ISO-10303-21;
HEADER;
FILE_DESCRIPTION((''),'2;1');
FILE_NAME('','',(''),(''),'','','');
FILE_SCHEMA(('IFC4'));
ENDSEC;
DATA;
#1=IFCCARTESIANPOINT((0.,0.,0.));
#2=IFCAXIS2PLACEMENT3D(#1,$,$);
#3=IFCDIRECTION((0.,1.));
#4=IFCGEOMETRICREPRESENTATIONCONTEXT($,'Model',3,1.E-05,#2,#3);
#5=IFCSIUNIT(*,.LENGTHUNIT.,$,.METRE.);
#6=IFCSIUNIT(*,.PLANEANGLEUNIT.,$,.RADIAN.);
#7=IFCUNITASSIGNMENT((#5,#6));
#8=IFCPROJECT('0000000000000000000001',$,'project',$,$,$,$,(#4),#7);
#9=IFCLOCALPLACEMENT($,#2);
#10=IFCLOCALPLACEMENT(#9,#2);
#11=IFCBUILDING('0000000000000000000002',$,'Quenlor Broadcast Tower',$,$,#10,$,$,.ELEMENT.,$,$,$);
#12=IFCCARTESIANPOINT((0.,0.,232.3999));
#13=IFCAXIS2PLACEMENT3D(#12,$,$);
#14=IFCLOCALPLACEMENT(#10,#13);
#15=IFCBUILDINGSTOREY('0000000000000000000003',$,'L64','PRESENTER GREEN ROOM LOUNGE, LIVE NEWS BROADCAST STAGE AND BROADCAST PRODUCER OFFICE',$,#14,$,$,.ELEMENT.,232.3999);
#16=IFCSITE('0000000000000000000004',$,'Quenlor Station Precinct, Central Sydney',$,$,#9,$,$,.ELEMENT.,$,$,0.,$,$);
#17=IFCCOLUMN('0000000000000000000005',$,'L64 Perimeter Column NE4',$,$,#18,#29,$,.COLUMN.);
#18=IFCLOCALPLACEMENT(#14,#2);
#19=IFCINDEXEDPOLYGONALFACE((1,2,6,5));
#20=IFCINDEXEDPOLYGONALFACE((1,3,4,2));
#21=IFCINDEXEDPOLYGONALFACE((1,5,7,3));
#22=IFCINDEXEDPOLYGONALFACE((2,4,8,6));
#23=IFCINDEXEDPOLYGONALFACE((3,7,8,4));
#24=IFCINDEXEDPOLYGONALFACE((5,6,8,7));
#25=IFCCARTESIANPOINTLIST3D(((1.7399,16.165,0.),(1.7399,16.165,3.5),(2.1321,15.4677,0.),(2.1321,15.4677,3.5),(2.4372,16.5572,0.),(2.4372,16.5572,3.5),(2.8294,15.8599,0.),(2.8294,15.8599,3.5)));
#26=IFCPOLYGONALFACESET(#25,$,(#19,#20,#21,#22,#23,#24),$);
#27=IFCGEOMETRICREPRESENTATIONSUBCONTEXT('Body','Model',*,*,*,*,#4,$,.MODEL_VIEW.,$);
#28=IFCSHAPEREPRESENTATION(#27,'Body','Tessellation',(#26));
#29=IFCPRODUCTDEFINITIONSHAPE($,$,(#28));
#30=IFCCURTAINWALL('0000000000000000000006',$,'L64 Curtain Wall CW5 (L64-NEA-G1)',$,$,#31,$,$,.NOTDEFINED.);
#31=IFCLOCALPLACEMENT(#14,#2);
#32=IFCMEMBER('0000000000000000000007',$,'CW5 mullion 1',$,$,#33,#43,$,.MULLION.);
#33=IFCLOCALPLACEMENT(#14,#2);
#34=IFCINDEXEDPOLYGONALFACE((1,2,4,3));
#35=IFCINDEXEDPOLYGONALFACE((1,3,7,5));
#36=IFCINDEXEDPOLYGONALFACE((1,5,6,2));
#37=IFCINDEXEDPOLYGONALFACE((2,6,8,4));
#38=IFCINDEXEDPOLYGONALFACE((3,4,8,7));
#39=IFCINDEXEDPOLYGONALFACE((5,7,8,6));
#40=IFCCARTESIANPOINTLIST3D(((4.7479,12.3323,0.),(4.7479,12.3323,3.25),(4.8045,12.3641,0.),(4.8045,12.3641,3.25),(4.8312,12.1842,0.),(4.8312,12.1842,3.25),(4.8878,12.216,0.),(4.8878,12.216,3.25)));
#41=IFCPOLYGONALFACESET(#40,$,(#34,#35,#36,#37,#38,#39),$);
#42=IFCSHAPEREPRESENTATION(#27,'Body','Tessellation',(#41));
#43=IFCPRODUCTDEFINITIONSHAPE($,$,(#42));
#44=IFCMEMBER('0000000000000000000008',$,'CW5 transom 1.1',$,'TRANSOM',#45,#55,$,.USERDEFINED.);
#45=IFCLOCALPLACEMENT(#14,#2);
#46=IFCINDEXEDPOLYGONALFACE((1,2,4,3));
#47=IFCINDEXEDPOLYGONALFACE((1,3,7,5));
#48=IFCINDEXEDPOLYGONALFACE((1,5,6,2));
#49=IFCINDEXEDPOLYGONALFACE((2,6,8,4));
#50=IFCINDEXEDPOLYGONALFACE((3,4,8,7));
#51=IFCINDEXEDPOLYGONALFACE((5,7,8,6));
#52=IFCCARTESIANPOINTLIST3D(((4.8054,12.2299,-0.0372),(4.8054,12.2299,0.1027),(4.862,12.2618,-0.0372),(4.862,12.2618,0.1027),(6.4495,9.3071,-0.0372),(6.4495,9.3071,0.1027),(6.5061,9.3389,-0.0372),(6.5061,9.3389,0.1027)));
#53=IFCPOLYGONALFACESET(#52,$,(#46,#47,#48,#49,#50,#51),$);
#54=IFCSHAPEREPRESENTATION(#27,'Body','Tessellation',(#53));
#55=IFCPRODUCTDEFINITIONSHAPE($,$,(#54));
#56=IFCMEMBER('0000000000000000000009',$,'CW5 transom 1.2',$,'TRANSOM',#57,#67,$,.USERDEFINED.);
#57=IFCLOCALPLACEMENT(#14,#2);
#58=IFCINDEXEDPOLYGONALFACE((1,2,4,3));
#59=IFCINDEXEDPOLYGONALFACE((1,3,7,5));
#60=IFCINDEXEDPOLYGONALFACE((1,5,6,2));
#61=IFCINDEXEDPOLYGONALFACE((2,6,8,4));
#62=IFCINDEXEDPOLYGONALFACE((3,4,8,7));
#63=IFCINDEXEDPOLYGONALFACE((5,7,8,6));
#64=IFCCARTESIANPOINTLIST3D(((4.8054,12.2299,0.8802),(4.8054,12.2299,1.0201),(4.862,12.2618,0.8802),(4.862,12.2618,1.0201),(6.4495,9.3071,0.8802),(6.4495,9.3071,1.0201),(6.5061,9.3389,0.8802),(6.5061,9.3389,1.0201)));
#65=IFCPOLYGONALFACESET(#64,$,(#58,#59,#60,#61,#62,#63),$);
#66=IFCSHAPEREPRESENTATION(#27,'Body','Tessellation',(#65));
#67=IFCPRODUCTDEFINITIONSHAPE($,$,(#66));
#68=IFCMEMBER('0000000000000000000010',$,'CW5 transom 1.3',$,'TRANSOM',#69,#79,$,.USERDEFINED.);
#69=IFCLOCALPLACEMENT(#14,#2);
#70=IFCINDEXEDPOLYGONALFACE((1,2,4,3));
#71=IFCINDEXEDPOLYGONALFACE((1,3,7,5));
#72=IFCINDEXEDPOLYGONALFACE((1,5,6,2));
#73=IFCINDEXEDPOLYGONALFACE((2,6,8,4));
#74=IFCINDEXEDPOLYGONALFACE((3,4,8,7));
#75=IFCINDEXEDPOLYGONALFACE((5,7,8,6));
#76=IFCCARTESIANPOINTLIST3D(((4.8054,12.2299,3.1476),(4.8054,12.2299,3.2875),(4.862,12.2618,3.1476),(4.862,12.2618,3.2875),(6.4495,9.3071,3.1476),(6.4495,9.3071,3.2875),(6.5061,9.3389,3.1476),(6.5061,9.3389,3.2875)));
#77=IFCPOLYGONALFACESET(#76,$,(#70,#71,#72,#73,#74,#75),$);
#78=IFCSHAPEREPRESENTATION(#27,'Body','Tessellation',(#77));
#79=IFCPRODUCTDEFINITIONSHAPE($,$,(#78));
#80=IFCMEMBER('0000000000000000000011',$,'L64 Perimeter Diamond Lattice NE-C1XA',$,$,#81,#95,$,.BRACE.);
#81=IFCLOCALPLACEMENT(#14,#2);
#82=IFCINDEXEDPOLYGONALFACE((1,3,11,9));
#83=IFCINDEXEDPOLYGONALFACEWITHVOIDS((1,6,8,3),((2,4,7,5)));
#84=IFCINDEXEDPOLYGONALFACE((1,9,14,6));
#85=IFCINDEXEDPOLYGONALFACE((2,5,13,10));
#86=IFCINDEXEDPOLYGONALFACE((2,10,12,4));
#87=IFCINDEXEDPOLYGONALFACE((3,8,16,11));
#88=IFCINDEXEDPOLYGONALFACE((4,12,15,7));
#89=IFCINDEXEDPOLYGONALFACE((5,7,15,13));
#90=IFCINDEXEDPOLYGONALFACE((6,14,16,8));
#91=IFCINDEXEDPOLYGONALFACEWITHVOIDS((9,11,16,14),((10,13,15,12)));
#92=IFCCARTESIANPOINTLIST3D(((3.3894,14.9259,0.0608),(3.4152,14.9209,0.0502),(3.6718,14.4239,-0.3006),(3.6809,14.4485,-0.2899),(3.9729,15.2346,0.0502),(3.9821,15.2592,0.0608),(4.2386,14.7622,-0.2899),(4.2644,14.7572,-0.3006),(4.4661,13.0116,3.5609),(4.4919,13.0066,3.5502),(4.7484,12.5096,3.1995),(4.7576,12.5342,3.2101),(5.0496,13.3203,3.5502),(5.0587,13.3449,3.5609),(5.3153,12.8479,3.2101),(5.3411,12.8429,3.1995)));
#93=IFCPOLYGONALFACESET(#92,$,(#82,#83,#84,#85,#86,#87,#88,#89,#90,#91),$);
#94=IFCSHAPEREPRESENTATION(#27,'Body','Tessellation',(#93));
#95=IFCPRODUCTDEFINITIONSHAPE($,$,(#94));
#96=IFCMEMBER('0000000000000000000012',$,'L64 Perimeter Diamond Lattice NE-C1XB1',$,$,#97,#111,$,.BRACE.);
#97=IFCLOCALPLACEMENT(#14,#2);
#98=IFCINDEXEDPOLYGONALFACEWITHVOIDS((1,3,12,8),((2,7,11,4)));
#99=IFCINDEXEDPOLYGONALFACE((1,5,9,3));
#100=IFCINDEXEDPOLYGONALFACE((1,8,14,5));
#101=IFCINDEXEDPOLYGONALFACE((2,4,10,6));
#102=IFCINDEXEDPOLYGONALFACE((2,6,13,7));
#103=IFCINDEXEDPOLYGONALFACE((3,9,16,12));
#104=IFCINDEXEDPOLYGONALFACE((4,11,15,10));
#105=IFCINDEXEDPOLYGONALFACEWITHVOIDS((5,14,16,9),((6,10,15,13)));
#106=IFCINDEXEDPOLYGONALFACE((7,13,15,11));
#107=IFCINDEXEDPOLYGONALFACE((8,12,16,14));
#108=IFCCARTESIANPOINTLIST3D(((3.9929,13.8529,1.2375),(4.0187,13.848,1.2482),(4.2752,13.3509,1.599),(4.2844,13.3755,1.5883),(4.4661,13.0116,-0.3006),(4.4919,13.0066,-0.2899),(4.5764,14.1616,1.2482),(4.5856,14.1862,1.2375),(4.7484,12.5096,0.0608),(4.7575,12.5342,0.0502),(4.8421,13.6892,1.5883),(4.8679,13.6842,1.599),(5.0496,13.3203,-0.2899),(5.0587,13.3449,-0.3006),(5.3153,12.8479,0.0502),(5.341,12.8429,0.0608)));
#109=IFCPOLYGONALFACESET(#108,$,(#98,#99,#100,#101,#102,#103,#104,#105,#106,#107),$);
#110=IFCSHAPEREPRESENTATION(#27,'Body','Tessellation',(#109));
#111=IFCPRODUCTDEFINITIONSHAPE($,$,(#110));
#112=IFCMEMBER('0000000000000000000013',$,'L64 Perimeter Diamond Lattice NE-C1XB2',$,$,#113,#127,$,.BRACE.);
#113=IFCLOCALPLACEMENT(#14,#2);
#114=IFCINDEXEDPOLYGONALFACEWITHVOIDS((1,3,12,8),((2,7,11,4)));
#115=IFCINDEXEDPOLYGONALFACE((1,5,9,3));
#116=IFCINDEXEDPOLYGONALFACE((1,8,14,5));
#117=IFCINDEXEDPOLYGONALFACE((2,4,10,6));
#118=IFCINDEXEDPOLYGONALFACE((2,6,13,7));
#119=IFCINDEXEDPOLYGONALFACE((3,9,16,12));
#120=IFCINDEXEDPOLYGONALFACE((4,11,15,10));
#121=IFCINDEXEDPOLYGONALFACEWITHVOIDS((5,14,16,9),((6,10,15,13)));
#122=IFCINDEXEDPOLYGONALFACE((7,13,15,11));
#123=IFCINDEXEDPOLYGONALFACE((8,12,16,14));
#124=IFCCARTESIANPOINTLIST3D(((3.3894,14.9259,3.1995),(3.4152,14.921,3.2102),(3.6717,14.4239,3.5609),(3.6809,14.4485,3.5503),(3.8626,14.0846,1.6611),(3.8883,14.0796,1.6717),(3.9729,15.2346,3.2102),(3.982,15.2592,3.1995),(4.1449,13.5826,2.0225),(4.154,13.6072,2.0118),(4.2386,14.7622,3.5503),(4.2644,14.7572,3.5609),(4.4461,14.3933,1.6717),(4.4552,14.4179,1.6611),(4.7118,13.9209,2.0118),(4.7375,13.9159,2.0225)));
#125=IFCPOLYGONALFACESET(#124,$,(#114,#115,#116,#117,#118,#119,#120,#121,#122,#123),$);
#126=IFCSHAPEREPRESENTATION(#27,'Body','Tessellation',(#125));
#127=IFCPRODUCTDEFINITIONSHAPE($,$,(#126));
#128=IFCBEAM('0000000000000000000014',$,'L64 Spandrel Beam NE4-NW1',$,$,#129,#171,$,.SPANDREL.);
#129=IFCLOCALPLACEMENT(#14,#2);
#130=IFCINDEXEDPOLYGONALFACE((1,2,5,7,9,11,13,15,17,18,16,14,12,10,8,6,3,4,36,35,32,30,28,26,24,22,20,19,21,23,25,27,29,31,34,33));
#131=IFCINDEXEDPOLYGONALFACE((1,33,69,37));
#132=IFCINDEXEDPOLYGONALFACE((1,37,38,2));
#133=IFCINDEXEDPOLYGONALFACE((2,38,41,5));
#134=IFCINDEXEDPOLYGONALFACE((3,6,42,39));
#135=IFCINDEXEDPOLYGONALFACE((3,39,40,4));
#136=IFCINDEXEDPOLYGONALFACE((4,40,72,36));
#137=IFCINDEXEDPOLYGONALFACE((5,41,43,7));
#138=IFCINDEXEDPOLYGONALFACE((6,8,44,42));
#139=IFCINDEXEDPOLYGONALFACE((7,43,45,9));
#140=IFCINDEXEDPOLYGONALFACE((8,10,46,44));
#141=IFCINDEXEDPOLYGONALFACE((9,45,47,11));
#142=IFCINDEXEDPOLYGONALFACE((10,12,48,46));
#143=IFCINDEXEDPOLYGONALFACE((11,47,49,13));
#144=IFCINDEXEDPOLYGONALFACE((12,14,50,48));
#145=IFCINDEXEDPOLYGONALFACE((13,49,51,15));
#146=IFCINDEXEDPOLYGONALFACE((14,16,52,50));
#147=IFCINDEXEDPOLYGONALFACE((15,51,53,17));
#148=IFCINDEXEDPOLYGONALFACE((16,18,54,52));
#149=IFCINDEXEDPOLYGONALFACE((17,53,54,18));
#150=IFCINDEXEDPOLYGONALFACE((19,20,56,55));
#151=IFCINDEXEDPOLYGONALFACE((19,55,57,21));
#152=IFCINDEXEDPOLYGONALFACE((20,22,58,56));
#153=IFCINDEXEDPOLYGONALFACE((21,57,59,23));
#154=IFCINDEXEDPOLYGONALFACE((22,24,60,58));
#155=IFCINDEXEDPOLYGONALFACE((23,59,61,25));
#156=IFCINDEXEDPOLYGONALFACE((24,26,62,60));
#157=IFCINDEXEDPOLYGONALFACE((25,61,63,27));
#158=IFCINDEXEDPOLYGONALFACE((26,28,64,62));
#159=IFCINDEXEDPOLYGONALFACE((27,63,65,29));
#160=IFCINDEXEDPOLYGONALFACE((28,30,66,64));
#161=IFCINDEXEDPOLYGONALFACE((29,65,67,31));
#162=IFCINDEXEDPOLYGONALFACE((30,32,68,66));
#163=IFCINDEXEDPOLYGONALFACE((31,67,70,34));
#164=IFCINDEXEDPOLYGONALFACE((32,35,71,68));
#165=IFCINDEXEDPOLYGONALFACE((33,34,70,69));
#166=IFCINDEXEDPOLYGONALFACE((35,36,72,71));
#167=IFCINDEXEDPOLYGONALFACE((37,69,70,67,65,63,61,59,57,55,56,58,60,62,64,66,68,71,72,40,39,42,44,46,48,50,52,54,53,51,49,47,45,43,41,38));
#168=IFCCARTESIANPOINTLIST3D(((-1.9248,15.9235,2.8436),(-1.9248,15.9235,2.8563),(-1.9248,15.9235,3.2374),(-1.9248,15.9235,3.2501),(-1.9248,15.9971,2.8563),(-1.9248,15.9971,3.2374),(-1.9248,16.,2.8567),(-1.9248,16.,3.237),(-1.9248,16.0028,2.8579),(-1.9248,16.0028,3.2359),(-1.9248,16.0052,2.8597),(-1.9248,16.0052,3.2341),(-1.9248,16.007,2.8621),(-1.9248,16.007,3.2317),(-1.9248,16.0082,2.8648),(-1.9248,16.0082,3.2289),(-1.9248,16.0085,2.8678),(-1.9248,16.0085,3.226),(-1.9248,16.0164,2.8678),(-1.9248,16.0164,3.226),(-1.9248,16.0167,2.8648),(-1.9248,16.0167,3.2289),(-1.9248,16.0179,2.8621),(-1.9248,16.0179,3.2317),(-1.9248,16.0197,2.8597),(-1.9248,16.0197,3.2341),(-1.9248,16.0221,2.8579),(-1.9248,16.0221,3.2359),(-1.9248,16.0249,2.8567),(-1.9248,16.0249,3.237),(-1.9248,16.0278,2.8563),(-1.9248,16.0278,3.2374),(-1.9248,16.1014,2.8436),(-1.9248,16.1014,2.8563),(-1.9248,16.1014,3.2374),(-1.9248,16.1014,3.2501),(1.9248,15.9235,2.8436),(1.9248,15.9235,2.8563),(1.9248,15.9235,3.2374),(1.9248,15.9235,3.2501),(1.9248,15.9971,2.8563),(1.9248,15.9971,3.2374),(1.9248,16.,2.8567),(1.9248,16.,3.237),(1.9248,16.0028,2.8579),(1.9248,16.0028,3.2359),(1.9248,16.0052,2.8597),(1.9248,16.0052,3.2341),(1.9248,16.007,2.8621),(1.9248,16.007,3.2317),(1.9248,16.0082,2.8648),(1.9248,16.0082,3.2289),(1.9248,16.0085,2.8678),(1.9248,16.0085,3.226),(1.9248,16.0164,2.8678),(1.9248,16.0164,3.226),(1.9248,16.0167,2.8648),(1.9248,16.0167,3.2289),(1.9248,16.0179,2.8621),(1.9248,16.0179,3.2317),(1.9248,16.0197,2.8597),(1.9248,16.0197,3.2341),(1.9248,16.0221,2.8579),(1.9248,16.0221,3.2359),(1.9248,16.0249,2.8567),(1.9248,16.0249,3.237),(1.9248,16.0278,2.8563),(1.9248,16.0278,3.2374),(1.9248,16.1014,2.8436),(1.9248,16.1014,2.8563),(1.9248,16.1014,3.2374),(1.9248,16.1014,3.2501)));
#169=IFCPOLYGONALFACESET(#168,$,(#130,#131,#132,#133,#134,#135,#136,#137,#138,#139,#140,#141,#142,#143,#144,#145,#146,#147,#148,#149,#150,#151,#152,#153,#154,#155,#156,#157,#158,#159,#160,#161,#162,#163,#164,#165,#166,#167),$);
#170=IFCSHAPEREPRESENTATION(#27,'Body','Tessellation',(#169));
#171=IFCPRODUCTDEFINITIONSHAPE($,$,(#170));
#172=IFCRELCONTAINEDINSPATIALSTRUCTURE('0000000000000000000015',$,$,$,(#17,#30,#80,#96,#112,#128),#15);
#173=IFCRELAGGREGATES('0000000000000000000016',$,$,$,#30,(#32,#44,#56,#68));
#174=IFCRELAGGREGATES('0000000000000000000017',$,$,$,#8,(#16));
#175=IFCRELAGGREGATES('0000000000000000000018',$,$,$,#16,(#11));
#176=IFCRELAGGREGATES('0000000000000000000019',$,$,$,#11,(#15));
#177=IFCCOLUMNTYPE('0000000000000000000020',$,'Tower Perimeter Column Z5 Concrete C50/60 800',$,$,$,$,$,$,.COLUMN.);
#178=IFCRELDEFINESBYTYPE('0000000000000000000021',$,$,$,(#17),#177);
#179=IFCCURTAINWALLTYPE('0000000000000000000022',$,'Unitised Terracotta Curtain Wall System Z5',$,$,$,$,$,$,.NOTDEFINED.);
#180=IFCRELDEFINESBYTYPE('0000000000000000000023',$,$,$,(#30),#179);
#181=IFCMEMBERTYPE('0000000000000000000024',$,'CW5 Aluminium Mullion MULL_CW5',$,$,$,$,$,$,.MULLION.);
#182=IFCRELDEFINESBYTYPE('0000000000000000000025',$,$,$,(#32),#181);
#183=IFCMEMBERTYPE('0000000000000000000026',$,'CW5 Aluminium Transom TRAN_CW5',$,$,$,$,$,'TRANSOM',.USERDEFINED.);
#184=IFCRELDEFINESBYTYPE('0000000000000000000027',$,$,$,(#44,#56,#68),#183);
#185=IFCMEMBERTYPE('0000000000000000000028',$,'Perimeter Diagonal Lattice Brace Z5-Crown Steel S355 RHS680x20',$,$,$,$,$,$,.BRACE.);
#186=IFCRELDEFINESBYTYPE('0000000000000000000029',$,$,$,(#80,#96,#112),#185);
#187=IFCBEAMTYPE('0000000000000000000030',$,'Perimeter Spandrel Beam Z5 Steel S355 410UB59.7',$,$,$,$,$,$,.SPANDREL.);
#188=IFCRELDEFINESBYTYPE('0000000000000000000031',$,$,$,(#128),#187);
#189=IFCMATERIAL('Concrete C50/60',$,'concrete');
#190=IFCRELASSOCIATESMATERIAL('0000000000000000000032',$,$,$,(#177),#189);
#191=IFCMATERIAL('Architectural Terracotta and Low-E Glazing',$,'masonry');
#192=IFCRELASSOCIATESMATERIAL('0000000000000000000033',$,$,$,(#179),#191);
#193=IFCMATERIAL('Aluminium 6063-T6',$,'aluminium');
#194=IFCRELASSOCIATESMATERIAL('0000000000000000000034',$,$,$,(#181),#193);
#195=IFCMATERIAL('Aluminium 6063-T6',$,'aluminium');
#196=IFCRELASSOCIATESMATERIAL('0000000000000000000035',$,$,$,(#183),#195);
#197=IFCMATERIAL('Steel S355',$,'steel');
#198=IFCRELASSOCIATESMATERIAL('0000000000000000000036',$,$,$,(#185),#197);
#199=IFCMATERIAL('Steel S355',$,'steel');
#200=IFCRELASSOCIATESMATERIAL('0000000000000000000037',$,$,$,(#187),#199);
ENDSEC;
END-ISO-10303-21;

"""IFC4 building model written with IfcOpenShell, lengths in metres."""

from ifc_helpers import new_model, si_unit, direction, frame, origin, origin_2d, place, context, subcontext, project, spatial, rectangle, hollow_rectangle, i_section, extrude, material, material_profile, profile_set, type_object, element, aggregate, save


model = new_model("IFC4")

# Units and contexts
model_context = context("Model", 3, precision=1e-05, world=origin(), true_north=direction((0.0, 1.0)))
body_context = subcontext(model_context, "Body", "Model", "MODEL_VIEW")
ifc_project = project(units=[si_unit("LENGTHUNIT", "METRE"), si_unit("PLANEANGLEUNIT", "RADIAN")], contexts=[model_context])

# Site, building, storey
site_placement = place(None, origin())
site = spatial("IfcSite", under=ifc_project, at=site_placement, Name="Quenlor Station Precinct, Central Sydney", CompositionType="ELEMENT", RefElevation=0.0)
building_placement = place(site_placement, origin())
building = spatial("IfcBuilding", under=site, at=building_placement, Name="Quenlor Broadcast Tower", CompositionType="ELEMENT")
storey_placement = place(building_placement, frame((0.0, 0.0, 232.3999)))
storey = spatial("IfcBuildingStorey", under=building, at=storey_placement, Name="L64", Description="PRESENTER GREEN ROOM LOUNGE, LIVE NEWS BROADCAST STAGE AND BROADCAST PRODUCER OFFICE", CompositionType="ELEMENT", Elevation=232.3999)

# Column
ifc_material_1 = material(Name="Concrete C50/60", Category="concrete")
ifc_material_profile_1 = material_profile(ifc_material_1, rectangle(XDim=0.8, YDim=0.8, at=origin_2d()))
ifc_profile_set_1 = profile_set([ifc_material_profile_1], Name="Concrete C50/60 RC800x800")
column_type = type_object("IfcColumnType", Name="Tower Perimeter Column Z5 Concrete C50/60 800", PredefinedType="COLUMN", material=ifc_profile_set_1)
column_placement = place(storey_placement, frame((2.2847, 16.0125, 0.0), z_axis=(0.0, 0.0, 1.0), x_axis=(0.871575, 0.490262, 0.0)))
element("IfcColumn", 1, at=column_placement, inside=storey, type_object=column_type, Name="L64 Perimeter Column NE4", PredefinedType="COLUMN", context=body_context, shape_type="SweptSolid", body=[
    extrude(rectangle(XDim=0.8, YDim=0.8, at=origin_2d()), origin(), (0.0, 0.0, 1.0), 3.5),
])

# Curtain wall, members
ifc_material_2 = material(Name="Architectural Terracotta and Low-E Glazing", Category="masonry")
curtain_wall_type = type_object("IfcCurtainWallType", Name="Unitised Terracotta Curtain Wall System Z5", PredefinedType="NOTDEFINED", material=ifc_material_2)
curtain_wall_placement = place(storey_placement, origin())
curtain_wall = element("IfcCurtainWall", 2, at=curtain_wall_placement, inside=storey, type_object=curtain_wall_type, Name="L64 Curtain Wall CW5 (L64-NEA-G1)", PredefinedType="NOTDEFINED")
ifc_material_3 = material(Name="Aluminium 6063-T6", Category="aluminium")
ifc_material_profile_2 = material_profile(ifc_material_3, rectangle(XDim=0.0649, YDim=0.1699, at=origin_2d()))
ifc_profile_set_2 = profile_set([ifc_material_profile_2], Name="Aluminium 6063-T6 MULL65x170")
member_type_1 = type_object("IfcMemberType", Name="CW5 Aluminium Mullion MULL_CW5", PredefinedType="MULLION", material=ifc_profile_set_2)
member_1_placement = place(storey_placement, frame((4.8179, 12.2742, 0.0), z_axis=(0.0, 0.0, 1.0), x_axis=(0.871582, 0.49025, 0.0)))
member_1 = element("IfcMember", 3, at=member_1_placement, type_object=member_type_1, Name="CW5 mullion 1", PredefinedType="MULLION", context=body_context, shape_type="SweptSolid", body=[
    extrude(rectangle(XDim=0.0649, YDim=0.1699, at=origin_2d()), origin(), (0.0, 0.0, 1.0), 3.25),
])
ifc_material_4 = material(Name="Aluminium 6063-T6", Category="aluminium")
ifc_material_profile_3 = material_profile(ifc_material_4, rectangle(XDim=0.0649, YDim=0.1399, at=origin_2d()))
ifc_profile_set_3 = profile_set([ifc_material_profile_3], Name="Aluminium 6063-T6 TRAN65x140")
member_type_2 = type_object("IfcMemberType", Name="CW5 Aluminium Transom TRAN_CW5", ElementType="TRANSOM", PredefinedType="USERDEFINED", material=ifc_profile_set_3)
member_2_placement = place(storey_placement, frame((4.8337, 12.2458, 0.0327), z_axis=(0.490247, -0.871583, 0.0), x_axis=(0.871583, 0.490247, 0.0)))
member_2 = element("IfcMember", 4, at=member_2_placement, type_object=member_type_2, Name="CW5 transom 1.1", ObjectType="TRANSOM", PredefinedType="USERDEFINED", context=body_context, shape_type="SweptSolid", body=[
    extrude(rectangle(XDim=0.0649, YDim=0.1399, at=origin_2d()), origin(), (0.0, 0.0, 1.0), 3.3535),
])
member_3_placement = place(storey_placement, frame((4.8337, 12.2458, 0.9502), z_axis=(0.490247, -0.871583, 0.0), x_axis=(0.871583, 0.490247, 0.0)))
member_3 = element("IfcMember", 5, at=member_3_placement, type_object=member_type_2, Name="CW5 transom 1.2", ObjectType="TRANSOM", PredefinedType="USERDEFINED", context=body_context, shape_type="SweptSolid", body=[
    extrude(rectangle(XDim=0.0649, YDim=0.1399, at=origin_2d()), origin(), (0.0, 0.0, 1.0), 3.3535),
])
member_4_placement = place(storey_placement, frame((4.8337, 12.2458, 3.2175), z_axis=(0.490247, -0.871583, 0.0), x_axis=(0.871583, 0.490247, 0.0)))
member_4 = element("IfcMember", 6, at=member_4_placement, type_object=member_type_2, Name="CW5 transom 1.3", ObjectType="TRANSOM", PredefinedType="USERDEFINED", context=body_context, shape_type="SweptSolid", body=[
    extrude(rectangle(XDim=0.0649, YDim=0.1399, at=origin_2d()), origin(), (0.0, 0.0, 1.0), 3.3535),
])

# Members
ifc_material_5 = material(Name="Steel S355", Category="steel")
ifc_material_profile_4 = material_profile(ifc_material_5, hollow_rectangle(XDim=0.6799, YDim=0.6799, WallThickness=0.02, at=origin_2d()))
ifc_profile_set_4 = profile_set([ifc_material_profile_4], Name="Steel S355 RHS680x680x20")
member_type_3 = type_object("IfcMemberType", Name="Perimeter Diagonal Lattice Brace Z5-Crown Steel S355 RHS680x20", PredefinedType="BRACE", material=ifc_profile_set_4)
member_5_placement = place(storey_placement, frame((3.8269, 14.8416, -0.1199), z_axis=(0.260564, -0.463283, 0.847039), x_axis=(0.871602, 0.490214, 0.0)))
element("IfcMember", 7, at=member_5_placement, inside=storey, type_object=member_type_3, Name="L64 Perimeter Diamond Lattice NE-C1XA", PredefinedType="BRACE", context=body_context, shape_type="SweptSolid", body=[
    extrude(hollow_rectangle(XDim=0.6799, YDim=0.6799, WallThickness=0.02, at=origin_2d()), origin(), (0.0, 0.0, 1.0), 4.1321),
])
member_6_placement = place(storey_placement, frame((4.9036, 12.9272, -0.1199), z_axis=(-0.260561, 0.463309, 0.847025), x_axis=(-0.871616, -0.490189, 0.0)))
element("IfcMember", 8, at=member_6_placement, inside=storey, type_object=member_type_3, Name="L64 Perimeter Diamond Lattice NE-C1XB1", PredefinedType="BRACE", context=body_context, shape_type="SweptSolid", body=[
    extrude(hollow_rectangle(XDim=0.6799, YDim=0.6799, WallThickness=0.02, at=origin_2d()), origin(), (0.0, 0.0, 1.0), 1.8159),
])
member_7_placement = place(storey_placement, frame((4.3, 14.0002, 1.8418), z_axis=(-0.260532, 0.463257, 0.847063), x_axis=(-0.871616, -0.490189, 0.0)))
element("IfcMember", 9, at=member_7_placement, inside=storey, type_object=member_type_3, Name="L64 Perimeter Diamond Lattice NE-C1XB2", PredefinedType="BRACE", context=body_context, shape_type="SweptSolid", body=[
    extrude(hollow_rectangle(XDim=0.6799, YDim=0.6799, WallThickness=0.02, at=origin_2d()), origin(), (0.0, 0.0, 1.0), 1.8162),
])

# Beam
ifc_material_6 = material(Name="Steel S355", Category="steel")
ifc_material_profile_5 = material_profile(ifc_material_6, i_section(OverallWidth=0.178, OverallDepth=0.4065, WebThickness=0.0078, FlangeThickness=0.0127, FilletRadius=0.0115, at=origin_2d()))
ifc_profile_set_5 = profile_set([ifc_material_profile_5], Name="Steel S355 410UB59.7")
beam_type_1 = type_object("IfcBeamType", Name="Perimeter Spandrel Beam Z5 Steel S355 410UB59.7", PredefinedType="SPANDREL", material=ifc_profile_set_5)
beam_1_placement = place(storey_placement, frame((1.9248, 16.0125, 3.0469), z_axis=(-1.0, 0.0, 0.0), x_axis=(0.0, -1.0, 0.0)))
element("IfcBeam", 10, at=beam_1_placement, inside=storey, type_object=beam_type_1, Name="L64 Spandrel Beam NE4-NW1", PredefinedType="SPANDREL", context=body_context, shape_type="SweptSolid", body=[
    extrude(i_section(OverallWidth=0.178, OverallDepth=0.4065, WebThickness=0.0078, FlangeThickness=0.0127, FilletRadius=0.0115, at=origin_2d()), origin(), (0.0, 0.0, 1.0), 3.8496),
])

aggregate(curtain_wall, [member_1, member_2, member_3, member_4])

save(model, "model.ifc")
